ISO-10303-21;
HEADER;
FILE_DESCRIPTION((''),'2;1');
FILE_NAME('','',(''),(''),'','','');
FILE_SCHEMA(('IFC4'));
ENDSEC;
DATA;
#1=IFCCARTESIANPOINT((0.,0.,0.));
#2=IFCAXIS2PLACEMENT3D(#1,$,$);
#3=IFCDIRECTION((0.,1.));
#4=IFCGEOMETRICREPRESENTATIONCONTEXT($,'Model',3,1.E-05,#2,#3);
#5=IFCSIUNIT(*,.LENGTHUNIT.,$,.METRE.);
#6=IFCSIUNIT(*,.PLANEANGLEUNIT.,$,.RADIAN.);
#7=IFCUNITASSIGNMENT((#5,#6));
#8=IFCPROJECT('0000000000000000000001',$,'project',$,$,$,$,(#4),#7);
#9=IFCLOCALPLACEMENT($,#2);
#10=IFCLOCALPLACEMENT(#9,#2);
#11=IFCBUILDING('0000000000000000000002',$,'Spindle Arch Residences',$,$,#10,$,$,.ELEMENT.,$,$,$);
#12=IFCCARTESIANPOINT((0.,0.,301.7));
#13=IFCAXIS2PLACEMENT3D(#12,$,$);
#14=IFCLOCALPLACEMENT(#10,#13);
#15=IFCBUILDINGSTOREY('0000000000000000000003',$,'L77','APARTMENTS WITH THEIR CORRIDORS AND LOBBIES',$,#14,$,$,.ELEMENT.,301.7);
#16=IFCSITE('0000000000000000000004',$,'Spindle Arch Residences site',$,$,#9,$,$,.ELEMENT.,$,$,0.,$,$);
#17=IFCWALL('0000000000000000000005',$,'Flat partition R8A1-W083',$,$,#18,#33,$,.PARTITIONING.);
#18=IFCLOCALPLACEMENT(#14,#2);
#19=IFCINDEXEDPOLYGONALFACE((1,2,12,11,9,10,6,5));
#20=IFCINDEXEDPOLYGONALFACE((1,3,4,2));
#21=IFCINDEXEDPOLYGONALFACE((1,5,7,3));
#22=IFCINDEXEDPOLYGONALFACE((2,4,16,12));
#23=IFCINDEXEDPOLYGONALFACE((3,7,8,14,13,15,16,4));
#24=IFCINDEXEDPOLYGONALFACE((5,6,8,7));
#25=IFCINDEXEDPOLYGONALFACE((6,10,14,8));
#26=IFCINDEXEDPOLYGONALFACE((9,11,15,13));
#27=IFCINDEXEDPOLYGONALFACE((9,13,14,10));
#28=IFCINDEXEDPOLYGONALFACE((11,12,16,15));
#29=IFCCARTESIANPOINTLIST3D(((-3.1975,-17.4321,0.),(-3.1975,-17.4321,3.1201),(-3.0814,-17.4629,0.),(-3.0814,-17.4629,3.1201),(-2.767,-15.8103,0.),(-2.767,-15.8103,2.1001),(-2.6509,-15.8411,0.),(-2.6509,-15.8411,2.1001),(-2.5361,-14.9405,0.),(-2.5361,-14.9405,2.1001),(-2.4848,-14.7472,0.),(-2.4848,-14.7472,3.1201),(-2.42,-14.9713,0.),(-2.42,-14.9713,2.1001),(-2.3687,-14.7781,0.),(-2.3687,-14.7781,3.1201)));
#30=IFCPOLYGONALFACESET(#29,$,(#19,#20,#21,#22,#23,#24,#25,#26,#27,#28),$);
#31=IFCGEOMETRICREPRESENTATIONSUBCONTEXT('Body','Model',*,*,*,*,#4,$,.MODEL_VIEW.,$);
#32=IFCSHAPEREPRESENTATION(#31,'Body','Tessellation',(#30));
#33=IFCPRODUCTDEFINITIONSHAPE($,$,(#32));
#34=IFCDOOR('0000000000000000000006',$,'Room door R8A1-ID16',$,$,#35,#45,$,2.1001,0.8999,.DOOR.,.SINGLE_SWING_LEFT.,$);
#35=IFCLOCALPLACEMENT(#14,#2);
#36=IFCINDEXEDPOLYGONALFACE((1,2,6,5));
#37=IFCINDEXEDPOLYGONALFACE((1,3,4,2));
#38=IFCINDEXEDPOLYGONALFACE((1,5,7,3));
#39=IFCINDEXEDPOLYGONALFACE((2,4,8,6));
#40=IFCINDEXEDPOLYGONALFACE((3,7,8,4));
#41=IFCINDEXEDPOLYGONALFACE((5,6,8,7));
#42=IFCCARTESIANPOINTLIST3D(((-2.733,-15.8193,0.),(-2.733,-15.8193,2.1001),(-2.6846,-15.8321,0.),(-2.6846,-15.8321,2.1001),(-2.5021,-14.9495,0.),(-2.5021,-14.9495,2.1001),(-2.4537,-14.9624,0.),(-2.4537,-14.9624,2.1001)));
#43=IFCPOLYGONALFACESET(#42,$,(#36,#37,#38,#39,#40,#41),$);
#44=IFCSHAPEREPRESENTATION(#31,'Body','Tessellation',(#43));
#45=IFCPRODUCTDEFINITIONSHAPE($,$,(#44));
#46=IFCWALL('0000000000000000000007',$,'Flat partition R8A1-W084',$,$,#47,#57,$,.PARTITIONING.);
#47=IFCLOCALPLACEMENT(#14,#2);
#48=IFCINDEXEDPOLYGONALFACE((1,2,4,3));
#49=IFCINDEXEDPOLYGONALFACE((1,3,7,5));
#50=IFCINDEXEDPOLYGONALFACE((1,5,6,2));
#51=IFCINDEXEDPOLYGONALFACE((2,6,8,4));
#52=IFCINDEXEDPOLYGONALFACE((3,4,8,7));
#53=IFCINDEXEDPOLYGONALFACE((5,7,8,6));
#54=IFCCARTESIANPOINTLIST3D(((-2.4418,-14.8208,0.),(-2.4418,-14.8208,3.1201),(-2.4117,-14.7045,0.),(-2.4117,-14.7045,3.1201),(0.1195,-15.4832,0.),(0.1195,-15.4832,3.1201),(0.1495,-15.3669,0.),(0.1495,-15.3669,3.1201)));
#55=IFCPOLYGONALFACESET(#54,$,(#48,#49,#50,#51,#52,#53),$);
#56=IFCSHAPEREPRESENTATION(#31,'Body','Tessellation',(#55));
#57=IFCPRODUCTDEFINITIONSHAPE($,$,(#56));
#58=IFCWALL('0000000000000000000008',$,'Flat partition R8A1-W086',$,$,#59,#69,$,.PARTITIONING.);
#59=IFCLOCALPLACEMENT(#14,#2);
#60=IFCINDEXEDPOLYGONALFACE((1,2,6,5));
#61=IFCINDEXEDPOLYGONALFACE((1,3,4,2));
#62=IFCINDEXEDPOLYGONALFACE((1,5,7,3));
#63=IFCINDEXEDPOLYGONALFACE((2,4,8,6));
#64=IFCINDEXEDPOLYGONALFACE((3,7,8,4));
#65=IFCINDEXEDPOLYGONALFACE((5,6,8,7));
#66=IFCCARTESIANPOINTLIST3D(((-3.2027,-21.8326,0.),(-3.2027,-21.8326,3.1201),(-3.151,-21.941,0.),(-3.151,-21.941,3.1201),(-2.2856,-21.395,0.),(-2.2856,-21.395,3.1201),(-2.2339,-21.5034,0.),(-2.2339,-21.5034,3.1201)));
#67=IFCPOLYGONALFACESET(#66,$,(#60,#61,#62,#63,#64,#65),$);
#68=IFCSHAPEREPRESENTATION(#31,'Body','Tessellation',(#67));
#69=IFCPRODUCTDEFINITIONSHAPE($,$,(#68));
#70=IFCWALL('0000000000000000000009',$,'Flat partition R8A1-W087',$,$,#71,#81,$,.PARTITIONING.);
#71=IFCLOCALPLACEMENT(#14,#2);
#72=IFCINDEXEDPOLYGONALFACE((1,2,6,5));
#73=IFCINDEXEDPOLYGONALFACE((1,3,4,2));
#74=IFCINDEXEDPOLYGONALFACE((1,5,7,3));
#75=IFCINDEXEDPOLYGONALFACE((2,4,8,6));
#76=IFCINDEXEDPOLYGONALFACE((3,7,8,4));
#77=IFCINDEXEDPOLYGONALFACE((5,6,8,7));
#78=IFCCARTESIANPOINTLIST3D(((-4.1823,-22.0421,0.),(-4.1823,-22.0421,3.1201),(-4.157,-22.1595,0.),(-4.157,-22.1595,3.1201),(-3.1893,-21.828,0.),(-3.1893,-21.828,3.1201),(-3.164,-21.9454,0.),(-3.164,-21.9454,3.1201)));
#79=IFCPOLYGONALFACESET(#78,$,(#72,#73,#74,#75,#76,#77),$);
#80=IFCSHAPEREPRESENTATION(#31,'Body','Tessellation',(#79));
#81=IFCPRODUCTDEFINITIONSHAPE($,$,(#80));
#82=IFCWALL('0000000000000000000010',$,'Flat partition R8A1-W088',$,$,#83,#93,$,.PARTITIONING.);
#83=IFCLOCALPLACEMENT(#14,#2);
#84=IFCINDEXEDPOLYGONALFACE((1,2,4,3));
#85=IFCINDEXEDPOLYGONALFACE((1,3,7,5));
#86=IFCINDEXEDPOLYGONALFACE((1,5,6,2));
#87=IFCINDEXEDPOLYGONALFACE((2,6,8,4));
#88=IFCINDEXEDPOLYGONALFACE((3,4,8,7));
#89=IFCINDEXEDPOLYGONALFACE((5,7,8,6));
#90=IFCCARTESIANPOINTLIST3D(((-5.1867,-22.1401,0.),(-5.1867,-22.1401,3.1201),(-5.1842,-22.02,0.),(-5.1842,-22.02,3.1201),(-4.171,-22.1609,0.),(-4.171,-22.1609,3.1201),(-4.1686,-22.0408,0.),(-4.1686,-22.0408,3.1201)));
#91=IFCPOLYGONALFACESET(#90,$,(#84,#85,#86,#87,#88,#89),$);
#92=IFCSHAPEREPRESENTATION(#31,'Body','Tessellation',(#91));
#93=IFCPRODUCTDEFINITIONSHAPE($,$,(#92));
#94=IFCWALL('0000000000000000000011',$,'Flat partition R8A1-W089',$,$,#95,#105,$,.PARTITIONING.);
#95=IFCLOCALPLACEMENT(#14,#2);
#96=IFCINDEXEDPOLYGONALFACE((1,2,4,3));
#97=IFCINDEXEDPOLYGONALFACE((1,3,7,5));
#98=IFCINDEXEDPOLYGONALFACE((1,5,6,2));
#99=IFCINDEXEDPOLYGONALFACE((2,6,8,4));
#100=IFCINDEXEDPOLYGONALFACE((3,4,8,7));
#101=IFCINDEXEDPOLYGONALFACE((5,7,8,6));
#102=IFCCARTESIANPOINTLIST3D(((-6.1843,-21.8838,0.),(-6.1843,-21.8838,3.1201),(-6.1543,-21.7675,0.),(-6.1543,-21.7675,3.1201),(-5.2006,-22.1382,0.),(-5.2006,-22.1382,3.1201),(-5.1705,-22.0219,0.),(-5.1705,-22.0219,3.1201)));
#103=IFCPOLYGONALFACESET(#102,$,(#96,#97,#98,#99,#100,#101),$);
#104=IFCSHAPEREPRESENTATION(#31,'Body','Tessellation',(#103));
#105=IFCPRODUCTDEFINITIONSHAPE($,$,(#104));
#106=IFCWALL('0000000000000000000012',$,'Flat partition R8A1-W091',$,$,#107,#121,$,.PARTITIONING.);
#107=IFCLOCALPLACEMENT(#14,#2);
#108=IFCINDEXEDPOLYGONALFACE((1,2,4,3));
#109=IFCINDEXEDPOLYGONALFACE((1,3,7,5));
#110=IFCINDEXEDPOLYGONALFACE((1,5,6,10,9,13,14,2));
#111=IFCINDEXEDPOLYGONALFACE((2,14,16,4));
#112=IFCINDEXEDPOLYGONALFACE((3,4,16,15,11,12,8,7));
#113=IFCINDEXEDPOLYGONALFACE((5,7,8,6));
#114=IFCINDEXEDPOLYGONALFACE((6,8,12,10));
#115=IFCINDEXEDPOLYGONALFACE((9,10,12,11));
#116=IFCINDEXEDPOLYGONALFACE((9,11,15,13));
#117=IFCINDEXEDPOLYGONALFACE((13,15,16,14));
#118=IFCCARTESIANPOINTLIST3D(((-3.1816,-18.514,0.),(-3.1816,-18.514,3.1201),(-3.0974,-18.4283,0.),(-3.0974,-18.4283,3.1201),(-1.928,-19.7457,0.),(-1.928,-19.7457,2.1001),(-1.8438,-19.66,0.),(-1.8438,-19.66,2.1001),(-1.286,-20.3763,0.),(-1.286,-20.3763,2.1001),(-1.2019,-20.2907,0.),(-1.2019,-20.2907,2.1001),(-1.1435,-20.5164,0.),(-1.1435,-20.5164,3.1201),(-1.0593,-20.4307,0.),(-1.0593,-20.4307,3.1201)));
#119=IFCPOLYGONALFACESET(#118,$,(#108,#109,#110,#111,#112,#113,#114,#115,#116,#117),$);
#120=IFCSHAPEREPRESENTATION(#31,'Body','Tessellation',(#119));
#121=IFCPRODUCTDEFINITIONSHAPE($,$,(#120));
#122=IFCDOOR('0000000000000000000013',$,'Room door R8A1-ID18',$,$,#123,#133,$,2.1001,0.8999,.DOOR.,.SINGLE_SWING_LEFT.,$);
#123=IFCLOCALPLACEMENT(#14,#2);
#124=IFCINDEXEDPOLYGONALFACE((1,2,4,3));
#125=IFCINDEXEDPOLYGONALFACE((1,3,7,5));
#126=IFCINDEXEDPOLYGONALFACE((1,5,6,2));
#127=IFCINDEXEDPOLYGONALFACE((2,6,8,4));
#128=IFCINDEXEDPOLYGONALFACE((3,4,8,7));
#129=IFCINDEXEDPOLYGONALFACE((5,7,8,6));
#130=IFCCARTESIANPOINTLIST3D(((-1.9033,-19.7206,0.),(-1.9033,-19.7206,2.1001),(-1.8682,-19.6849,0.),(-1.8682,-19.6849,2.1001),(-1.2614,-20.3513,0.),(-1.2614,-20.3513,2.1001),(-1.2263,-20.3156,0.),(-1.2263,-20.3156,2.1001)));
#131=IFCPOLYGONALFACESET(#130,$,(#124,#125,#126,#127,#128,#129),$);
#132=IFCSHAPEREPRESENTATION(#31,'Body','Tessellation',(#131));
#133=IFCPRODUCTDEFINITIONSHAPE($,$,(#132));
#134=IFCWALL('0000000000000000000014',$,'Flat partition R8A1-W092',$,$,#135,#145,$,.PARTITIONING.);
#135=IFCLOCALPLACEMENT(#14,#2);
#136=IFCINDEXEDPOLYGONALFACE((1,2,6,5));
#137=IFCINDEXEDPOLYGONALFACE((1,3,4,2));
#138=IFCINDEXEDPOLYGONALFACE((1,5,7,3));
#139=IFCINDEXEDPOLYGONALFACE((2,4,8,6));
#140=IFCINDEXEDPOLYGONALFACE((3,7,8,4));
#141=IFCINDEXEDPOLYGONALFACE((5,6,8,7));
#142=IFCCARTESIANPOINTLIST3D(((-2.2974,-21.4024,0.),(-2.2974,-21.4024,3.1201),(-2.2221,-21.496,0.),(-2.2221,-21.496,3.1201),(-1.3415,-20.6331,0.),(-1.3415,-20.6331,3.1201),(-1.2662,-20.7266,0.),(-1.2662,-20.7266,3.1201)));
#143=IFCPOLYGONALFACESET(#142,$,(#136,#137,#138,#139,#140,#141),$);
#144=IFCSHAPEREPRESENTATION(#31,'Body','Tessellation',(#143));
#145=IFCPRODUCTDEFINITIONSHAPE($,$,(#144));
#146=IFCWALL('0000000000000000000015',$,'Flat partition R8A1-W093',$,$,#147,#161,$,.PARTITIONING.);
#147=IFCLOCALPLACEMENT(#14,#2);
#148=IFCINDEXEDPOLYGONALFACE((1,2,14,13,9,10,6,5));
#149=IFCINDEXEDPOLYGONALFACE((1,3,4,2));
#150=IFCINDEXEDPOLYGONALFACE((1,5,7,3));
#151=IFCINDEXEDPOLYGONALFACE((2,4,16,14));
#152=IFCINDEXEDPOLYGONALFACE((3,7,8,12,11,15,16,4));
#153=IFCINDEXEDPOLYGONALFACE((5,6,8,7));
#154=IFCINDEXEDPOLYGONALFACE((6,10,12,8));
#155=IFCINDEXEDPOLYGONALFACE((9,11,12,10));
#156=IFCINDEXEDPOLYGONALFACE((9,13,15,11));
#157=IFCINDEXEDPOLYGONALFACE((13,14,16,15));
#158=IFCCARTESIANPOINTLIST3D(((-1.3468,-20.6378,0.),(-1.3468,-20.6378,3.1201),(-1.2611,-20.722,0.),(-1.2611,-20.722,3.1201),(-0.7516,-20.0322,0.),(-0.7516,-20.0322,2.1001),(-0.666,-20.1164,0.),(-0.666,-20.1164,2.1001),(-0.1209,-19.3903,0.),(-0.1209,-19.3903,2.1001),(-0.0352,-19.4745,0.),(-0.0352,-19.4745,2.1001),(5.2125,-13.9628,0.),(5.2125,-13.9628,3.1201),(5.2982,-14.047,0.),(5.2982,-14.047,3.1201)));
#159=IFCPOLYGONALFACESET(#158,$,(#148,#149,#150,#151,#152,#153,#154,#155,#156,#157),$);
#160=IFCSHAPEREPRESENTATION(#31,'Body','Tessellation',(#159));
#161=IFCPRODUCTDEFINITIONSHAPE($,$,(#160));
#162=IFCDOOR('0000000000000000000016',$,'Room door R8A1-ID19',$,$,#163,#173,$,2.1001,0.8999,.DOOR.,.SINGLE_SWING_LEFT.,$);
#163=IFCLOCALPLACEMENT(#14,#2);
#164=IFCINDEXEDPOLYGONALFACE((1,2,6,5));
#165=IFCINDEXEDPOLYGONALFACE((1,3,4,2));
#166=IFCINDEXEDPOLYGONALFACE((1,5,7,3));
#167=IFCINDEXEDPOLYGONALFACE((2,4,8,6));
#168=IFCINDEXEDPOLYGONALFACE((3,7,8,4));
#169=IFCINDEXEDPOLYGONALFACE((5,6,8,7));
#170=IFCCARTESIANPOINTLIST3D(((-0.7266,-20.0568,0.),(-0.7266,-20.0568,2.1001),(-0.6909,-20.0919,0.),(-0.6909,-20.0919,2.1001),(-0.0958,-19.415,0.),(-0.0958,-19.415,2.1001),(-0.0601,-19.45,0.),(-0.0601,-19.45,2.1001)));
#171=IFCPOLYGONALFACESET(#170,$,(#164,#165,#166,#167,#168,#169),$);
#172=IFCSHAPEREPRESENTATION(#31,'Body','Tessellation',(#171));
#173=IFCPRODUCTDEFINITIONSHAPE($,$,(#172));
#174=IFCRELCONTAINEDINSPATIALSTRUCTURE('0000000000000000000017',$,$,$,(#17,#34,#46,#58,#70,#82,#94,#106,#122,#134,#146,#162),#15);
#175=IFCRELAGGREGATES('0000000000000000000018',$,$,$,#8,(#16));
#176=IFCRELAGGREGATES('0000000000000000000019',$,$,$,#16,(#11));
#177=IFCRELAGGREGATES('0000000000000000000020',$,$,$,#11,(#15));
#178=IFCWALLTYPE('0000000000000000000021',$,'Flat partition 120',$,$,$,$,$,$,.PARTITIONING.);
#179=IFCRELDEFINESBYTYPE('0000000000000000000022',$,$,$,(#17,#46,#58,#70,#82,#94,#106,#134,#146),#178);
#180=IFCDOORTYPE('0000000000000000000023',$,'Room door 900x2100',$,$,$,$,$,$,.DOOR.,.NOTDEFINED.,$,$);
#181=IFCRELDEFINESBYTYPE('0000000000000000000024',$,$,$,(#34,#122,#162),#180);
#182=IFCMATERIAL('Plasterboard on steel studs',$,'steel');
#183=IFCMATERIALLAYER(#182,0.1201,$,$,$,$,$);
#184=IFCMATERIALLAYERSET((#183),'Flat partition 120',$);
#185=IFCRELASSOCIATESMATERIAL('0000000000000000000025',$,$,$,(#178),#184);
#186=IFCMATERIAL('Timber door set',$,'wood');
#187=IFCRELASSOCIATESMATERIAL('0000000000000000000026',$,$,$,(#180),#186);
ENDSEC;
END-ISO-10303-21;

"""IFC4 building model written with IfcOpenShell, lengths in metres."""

from ifc_helpers import new_model, si_unit, direction, frame, frame_2d, origin, place, context, subcontext, project, spatial, rectangle, extrude, material, layer, layer_set, type_object, element, fill, save


model = new_model("IFC4")

# Units and contexts
model_context = context("Model", 3, precision=1e-05, world=origin(), true_north=direction((0.0, 1.0)))
body_context = subcontext(model_context, "Body", "Model", "MODEL_VIEW")
ifc_project = project(units=[si_unit("LENGTHUNIT", "METRE"), si_unit("PLANEANGLEUNIT", "RADIAN")], contexts=[model_context])

# Site, building, storey
site_placement = place(None, origin())
site = spatial("IfcSite", under=ifc_project, at=site_placement, Name="Spindle Arch Residences site", CompositionType="ELEMENT", RefElevation=0.0)
building_placement = place(site_placement, origin())
building = spatial("IfcBuilding", under=site, at=building_placement, Name="Spindle Arch Residences", CompositionType="ELEMENT")
storey_placement = place(building_placement, frame((0.0, 0.0, 301.7)))
storey = spatial("IfcBuildingStorey", under=building, at=storey_placement, Name="L77", Description="APARTMENTS WITH THEIR CORRIDORS AND LOBBIES", CompositionType="ELEMENT", Elevation=301.7)

# Shared definitions
ifc_material_1 = material(Name="Plasterboard on steel studs", Category="steel")
ifc_layer_1 = layer(ifc_material_1, 0.1201)
ifc_layer_set_1 = layer_set([ifc_layer_1], Name="Flat partition 120")
wall_type_1 = type_object("IfcWallType", Name="Flat partition 120", PredefinedType="PARTITIONING", material=ifc_layer_set_1)

# Wall, opening, door
wall_1_placement = place(storey_placement, frame((-3.1394, -17.4475, 0.0), z_axis=(0.0, 0.0, 1.0), x_axis=(0.256552, 0.96653, 0.0)))
wall_1 = element("IfcWall", 1, at=wall_1_placement, inside=storey, type_object=wall_type_1, Name="Flat partition R8A1-W083", PredefinedType="PARTITIONING", context=body_context, shape_type="SweptSolid", body=[
    extrude(rectangle(XDim=2.7778, YDim=0.1201, at=frame_2d((1.3889, 0.0))), origin(), (0.0, 0.0, 1.0), 3.1201),
])
opening_1_placement = place(wall_1_placement, frame((1.678, 0.0, 0.0)))
opening_1 = element("IfcOpeningElement", 2, at=opening_1_placement, cuts=wall_1, PredefinedType="OPENING", context=body_context, shape_type="SweptSolid", body=[
    extrude(rectangle(XDim=0.8999, YDim=2.1001, at=frame_2d((0.45, 1.05))), frame((0.0, 0.0701, 0.0), z_axis=(0.0, -1.0, 0.0), x_axis=(1.0, 0.0, 0.0)), (0.0, 0.0, 1.0), 0.1401),
])
ifc_material_2 = material(Name="Timber door set", Category="wood")
door_type = type_object("IfcDoorType", Name="Room door 900x2100", OperationType="NOTDEFINED", PredefinedType="DOOR", material=ifc_material_2)
door_1_placement = place(opening_1_placement, origin())
door_1 = element("IfcDoor", 3, at=door_1_placement, inside=storey, type_object=door_type, Name="Room door R8A1-ID16", OperationType="SINGLE_SWING_LEFT", OverallHeight=2.1001, OverallWidth=0.8999, PredefinedType="DOOR", context=body_context, shape_type="SweptSolid", body=[
    extrude(rectangle(XDim=0.8999, YDim=2.1001, at=frame_2d((0.45, 1.05))), frame((0.0, 0.0249, 0.0), z_axis=(0.0, -1.0, 0.0), x_axis=(1.0, 0.0, 0.0)), (0.0, 0.0, 1.0), 0.05),
])
fill(opening_1, door_1)

# Walls
wall_2_placement = place(storey_placement, frame((-2.4268, -14.7627, 0.0), z_axis=(0.0, 0.0, 1.0), x_axis=(0.968151, -0.250366, 0.0)))
element("IfcWall", 4, at=wall_2_placement, inside=storey, type_object=wall_type_1, Name="Flat partition R8A1-W084", PredefinedType="PARTITIONING", context=body_context, shape_type="SweptSolid", body=[
    extrude(rectangle(XDim=2.6455, YDim=0.1201, at=frame_2d((1.3228, 0.0))), origin(), (0.0, 0.0, 1.0), 3.1201),
])
wall_3_placement = place(storey_placement, frame((-2.2598, -21.4492, 0.0), z_axis=(0.0, 0.0, 1.0), x_axis=(-0.90254, -0.430605, 0.0)))
element("IfcWall", 5, at=wall_3_placement, inside=storey, type_object=wall_type_1, Name="Flat partition R8A1-W086", PredefinedType="PARTITIONING", context=body_context, shape_type="SweptSolid", body=[
    extrude(rectangle(XDim=1.0161, YDim=0.1201, at=frame_2d((0.5081, 0.0))), origin(), (0.0, 0.0, 1.0), 3.1201),
])
for number, where, z_axis, x_axis, name in (
    (6, (-3.1768, -21.8867, 0.0), (0.0, 0.0, 1.0), (-0.977541, -0.210743, 0.0), "Flat partition R8A1-W087"),
    (7, (-4.1699, -22.1008, 0.0), (0.0, 0.0, 1.0), (-0.999791, 0.020428, 0.0), "Flat partition R8A1-W088"),
):
    element("IfcWall", number, at=place(storey_placement, frame(where, z_axis=z_axis, x_axis=x_axis)), inside=storey, type_object=wall_type_1, Name=name, PredefinedType="PARTITIONING", context=body_context, shape_type="SweptSolid", body=[
        extrude(rectangle(XDim=1.0159, YDim=0.1201, at=frame_2d((0.5078, 0.0))), origin(), (0.0, 0.0, 1.0), 3.1201),
    ])
wall_4_placement = place(storey_placement, frame((-5.1855, -22.0801, 0.0), z_axis=(0.0, 0.0, 1.0), x_axis=(-0.968146, 0.250387, 0.0)))
element("IfcWall", 8, at=wall_4_placement, inside=storey, type_object=wall_type_1, Name="Flat partition R8A1-W089", PredefinedType="PARTITIONING", context=body_context, shape_type="SweptSolid", body=[
    extrude(rectangle(XDim=1.0161, YDim=0.1201, at=frame_2d((0.5081, 0.0))), origin(), (0.0, 0.0, 1.0), 3.1201),
])

# Wall, opening, door
wall_5_placement = place(storey_placement, frame((-1.1013, -20.4736, 0.0), z_axis=(0.0, 0.0, 1.0), x_axis=(-0.713317, 0.700842, 0.0)))
wall_5 = element("IfcWall", 9, at=wall_5_placement, inside=storey, type_object=wall_type_1, Name="Flat partition R8A1-W091", PredefinedType="PARTITIONING", context=body_context, shape_type="SweptSolid", body=[
    extrude(rectangle(XDim=2.8572, YDim=0.1201, at=frame_2d((1.4287, 0.0))), origin(), (0.0, 0.0, 1.0), 3.1201),
])
opening_2_placement = place(wall_5_placement, frame((0.2, 0.0, 0.0)))
opening_2 = element("IfcOpeningElement", 10, at=opening_2_placement, cuts=wall_5, PredefinedType="OPENING", context=body_context, shape_type="SweptSolid", body=[
    extrude(rectangle(XDim=0.8999, YDim=2.1001, at=frame_2d((0.45, 1.05))), frame((0.0, 0.0701, 0.0), z_axis=(0.0, -1.0, 0.0), x_axis=(1.0, 0.0, 0.0)), (0.0, 0.0, 1.0), 0.1401),
])
door_2_placement = place(opening_2_placement, origin())
door_2 = element("IfcDoor", 11, at=door_2_placement, inside=storey, type_object=door_type, Name="Room door R8A1-ID18", OperationType="SINGLE_SWING_LEFT", OverallHeight=2.1001, OverallWidth=0.8999, PredefinedType="DOOR", context=body_context, shape_type="SweptSolid", body=[
    extrude(rectangle(XDim=0.8999, YDim=2.1001, at=frame_2d((0.45, 1.05))), frame((0.0, 0.0249, 0.0), z_axis=(0.0, -1.0, 0.0), x_axis=(1.0, 0.0, 0.0)), (0.0, 0.0, 1.0), 0.05),
])
fill(opening_2, door_2)

# Wall
wall_6_placement = place(storey_placement, frame((-2.2598, -21.4492, 0.0), z_axis=(0.0, 0.0, 1.0), x_axis=(0.779021, 0.626998, 0.0)))
element("IfcWall", 12, at=wall_6_placement, inside=storey, type_object=wall_type_1, Name="Flat partition R8A1-W092", PredefinedType="PARTITIONING", context=body_context, shape_type="SweptSolid", body=[
    extrude(rectangle(XDim=1.2271, YDim=0.1201, at=frame_2d((0.6135, 0.0))), origin(), (0.0, 0.0, 1.0), 3.1201),
])

# Wall, opening, door
wall_7_placement = place(storey_placement, frame((-1.304, -20.6799, 0.0), z_axis=(0.0, 0.0, 1.0), x_axis=(0.700897, 0.713263, 0.0)))
wall_7 = element("IfcWall", 13, at=wall_7_placement, inside=storey, type_object=wall_type_1, Name="Flat partition R8A1-W093", PredefinedType="PARTITIONING", context=body_context, shape_type="SweptSolid", body=[
    extrude(rectangle(XDim=9.3584, YDim=0.1201, at=frame_2d((4.6792, 0.0))), origin(), (0.0, 0.0, 1.0), 3.1201),
])
opening_3_placement = place(wall_7_placement, frame((0.8491, 0.0, 0.0)))
opening_3 = element("IfcOpeningElement", 14, at=opening_3_placement, cuts=wall_7, PredefinedType="OPENING", context=body_context, shape_type="SweptSolid", body=[
    extrude(rectangle(XDim=0.8999, YDim=2.1001, at=frame_2d((0.45, 1.05))), frame((0.0, 0.0701, 0.0), z_axis=(0.0, -1.0, 0.0), x_axis=(1.0, 0.0, 0.0)), (0.0, 0.0, 1.0), 0.1401),
])
door_3_placement = place(opening_3_placement, origin())
door_3 = element("IfcDoor", 15, at=door_3_placement, inside=storey, type_object=door_type, Name="Room door R8A1-ID19", OperationType="SINGLE_SWING_LEFT", OverallHeight=2.1001, OverallWidth=0.8999, PredefinedType="DOOR", context=body_context, shape_type="SweptSolid", body=[
    extrude(rectangle(XDim=0.8999, YDim=2.1001, at=frame_2d((0.45, 1.05))), frame((0.0, 0.0249, 0.0), z_axis=(0.0, -1.0, 0.0), x_axis=(1.0, 0.0, 0.0)), (0.0, 0.0, 1.0), 0.05),
])
fill(opening_3, door_3)

save(model, "model.ifc")
